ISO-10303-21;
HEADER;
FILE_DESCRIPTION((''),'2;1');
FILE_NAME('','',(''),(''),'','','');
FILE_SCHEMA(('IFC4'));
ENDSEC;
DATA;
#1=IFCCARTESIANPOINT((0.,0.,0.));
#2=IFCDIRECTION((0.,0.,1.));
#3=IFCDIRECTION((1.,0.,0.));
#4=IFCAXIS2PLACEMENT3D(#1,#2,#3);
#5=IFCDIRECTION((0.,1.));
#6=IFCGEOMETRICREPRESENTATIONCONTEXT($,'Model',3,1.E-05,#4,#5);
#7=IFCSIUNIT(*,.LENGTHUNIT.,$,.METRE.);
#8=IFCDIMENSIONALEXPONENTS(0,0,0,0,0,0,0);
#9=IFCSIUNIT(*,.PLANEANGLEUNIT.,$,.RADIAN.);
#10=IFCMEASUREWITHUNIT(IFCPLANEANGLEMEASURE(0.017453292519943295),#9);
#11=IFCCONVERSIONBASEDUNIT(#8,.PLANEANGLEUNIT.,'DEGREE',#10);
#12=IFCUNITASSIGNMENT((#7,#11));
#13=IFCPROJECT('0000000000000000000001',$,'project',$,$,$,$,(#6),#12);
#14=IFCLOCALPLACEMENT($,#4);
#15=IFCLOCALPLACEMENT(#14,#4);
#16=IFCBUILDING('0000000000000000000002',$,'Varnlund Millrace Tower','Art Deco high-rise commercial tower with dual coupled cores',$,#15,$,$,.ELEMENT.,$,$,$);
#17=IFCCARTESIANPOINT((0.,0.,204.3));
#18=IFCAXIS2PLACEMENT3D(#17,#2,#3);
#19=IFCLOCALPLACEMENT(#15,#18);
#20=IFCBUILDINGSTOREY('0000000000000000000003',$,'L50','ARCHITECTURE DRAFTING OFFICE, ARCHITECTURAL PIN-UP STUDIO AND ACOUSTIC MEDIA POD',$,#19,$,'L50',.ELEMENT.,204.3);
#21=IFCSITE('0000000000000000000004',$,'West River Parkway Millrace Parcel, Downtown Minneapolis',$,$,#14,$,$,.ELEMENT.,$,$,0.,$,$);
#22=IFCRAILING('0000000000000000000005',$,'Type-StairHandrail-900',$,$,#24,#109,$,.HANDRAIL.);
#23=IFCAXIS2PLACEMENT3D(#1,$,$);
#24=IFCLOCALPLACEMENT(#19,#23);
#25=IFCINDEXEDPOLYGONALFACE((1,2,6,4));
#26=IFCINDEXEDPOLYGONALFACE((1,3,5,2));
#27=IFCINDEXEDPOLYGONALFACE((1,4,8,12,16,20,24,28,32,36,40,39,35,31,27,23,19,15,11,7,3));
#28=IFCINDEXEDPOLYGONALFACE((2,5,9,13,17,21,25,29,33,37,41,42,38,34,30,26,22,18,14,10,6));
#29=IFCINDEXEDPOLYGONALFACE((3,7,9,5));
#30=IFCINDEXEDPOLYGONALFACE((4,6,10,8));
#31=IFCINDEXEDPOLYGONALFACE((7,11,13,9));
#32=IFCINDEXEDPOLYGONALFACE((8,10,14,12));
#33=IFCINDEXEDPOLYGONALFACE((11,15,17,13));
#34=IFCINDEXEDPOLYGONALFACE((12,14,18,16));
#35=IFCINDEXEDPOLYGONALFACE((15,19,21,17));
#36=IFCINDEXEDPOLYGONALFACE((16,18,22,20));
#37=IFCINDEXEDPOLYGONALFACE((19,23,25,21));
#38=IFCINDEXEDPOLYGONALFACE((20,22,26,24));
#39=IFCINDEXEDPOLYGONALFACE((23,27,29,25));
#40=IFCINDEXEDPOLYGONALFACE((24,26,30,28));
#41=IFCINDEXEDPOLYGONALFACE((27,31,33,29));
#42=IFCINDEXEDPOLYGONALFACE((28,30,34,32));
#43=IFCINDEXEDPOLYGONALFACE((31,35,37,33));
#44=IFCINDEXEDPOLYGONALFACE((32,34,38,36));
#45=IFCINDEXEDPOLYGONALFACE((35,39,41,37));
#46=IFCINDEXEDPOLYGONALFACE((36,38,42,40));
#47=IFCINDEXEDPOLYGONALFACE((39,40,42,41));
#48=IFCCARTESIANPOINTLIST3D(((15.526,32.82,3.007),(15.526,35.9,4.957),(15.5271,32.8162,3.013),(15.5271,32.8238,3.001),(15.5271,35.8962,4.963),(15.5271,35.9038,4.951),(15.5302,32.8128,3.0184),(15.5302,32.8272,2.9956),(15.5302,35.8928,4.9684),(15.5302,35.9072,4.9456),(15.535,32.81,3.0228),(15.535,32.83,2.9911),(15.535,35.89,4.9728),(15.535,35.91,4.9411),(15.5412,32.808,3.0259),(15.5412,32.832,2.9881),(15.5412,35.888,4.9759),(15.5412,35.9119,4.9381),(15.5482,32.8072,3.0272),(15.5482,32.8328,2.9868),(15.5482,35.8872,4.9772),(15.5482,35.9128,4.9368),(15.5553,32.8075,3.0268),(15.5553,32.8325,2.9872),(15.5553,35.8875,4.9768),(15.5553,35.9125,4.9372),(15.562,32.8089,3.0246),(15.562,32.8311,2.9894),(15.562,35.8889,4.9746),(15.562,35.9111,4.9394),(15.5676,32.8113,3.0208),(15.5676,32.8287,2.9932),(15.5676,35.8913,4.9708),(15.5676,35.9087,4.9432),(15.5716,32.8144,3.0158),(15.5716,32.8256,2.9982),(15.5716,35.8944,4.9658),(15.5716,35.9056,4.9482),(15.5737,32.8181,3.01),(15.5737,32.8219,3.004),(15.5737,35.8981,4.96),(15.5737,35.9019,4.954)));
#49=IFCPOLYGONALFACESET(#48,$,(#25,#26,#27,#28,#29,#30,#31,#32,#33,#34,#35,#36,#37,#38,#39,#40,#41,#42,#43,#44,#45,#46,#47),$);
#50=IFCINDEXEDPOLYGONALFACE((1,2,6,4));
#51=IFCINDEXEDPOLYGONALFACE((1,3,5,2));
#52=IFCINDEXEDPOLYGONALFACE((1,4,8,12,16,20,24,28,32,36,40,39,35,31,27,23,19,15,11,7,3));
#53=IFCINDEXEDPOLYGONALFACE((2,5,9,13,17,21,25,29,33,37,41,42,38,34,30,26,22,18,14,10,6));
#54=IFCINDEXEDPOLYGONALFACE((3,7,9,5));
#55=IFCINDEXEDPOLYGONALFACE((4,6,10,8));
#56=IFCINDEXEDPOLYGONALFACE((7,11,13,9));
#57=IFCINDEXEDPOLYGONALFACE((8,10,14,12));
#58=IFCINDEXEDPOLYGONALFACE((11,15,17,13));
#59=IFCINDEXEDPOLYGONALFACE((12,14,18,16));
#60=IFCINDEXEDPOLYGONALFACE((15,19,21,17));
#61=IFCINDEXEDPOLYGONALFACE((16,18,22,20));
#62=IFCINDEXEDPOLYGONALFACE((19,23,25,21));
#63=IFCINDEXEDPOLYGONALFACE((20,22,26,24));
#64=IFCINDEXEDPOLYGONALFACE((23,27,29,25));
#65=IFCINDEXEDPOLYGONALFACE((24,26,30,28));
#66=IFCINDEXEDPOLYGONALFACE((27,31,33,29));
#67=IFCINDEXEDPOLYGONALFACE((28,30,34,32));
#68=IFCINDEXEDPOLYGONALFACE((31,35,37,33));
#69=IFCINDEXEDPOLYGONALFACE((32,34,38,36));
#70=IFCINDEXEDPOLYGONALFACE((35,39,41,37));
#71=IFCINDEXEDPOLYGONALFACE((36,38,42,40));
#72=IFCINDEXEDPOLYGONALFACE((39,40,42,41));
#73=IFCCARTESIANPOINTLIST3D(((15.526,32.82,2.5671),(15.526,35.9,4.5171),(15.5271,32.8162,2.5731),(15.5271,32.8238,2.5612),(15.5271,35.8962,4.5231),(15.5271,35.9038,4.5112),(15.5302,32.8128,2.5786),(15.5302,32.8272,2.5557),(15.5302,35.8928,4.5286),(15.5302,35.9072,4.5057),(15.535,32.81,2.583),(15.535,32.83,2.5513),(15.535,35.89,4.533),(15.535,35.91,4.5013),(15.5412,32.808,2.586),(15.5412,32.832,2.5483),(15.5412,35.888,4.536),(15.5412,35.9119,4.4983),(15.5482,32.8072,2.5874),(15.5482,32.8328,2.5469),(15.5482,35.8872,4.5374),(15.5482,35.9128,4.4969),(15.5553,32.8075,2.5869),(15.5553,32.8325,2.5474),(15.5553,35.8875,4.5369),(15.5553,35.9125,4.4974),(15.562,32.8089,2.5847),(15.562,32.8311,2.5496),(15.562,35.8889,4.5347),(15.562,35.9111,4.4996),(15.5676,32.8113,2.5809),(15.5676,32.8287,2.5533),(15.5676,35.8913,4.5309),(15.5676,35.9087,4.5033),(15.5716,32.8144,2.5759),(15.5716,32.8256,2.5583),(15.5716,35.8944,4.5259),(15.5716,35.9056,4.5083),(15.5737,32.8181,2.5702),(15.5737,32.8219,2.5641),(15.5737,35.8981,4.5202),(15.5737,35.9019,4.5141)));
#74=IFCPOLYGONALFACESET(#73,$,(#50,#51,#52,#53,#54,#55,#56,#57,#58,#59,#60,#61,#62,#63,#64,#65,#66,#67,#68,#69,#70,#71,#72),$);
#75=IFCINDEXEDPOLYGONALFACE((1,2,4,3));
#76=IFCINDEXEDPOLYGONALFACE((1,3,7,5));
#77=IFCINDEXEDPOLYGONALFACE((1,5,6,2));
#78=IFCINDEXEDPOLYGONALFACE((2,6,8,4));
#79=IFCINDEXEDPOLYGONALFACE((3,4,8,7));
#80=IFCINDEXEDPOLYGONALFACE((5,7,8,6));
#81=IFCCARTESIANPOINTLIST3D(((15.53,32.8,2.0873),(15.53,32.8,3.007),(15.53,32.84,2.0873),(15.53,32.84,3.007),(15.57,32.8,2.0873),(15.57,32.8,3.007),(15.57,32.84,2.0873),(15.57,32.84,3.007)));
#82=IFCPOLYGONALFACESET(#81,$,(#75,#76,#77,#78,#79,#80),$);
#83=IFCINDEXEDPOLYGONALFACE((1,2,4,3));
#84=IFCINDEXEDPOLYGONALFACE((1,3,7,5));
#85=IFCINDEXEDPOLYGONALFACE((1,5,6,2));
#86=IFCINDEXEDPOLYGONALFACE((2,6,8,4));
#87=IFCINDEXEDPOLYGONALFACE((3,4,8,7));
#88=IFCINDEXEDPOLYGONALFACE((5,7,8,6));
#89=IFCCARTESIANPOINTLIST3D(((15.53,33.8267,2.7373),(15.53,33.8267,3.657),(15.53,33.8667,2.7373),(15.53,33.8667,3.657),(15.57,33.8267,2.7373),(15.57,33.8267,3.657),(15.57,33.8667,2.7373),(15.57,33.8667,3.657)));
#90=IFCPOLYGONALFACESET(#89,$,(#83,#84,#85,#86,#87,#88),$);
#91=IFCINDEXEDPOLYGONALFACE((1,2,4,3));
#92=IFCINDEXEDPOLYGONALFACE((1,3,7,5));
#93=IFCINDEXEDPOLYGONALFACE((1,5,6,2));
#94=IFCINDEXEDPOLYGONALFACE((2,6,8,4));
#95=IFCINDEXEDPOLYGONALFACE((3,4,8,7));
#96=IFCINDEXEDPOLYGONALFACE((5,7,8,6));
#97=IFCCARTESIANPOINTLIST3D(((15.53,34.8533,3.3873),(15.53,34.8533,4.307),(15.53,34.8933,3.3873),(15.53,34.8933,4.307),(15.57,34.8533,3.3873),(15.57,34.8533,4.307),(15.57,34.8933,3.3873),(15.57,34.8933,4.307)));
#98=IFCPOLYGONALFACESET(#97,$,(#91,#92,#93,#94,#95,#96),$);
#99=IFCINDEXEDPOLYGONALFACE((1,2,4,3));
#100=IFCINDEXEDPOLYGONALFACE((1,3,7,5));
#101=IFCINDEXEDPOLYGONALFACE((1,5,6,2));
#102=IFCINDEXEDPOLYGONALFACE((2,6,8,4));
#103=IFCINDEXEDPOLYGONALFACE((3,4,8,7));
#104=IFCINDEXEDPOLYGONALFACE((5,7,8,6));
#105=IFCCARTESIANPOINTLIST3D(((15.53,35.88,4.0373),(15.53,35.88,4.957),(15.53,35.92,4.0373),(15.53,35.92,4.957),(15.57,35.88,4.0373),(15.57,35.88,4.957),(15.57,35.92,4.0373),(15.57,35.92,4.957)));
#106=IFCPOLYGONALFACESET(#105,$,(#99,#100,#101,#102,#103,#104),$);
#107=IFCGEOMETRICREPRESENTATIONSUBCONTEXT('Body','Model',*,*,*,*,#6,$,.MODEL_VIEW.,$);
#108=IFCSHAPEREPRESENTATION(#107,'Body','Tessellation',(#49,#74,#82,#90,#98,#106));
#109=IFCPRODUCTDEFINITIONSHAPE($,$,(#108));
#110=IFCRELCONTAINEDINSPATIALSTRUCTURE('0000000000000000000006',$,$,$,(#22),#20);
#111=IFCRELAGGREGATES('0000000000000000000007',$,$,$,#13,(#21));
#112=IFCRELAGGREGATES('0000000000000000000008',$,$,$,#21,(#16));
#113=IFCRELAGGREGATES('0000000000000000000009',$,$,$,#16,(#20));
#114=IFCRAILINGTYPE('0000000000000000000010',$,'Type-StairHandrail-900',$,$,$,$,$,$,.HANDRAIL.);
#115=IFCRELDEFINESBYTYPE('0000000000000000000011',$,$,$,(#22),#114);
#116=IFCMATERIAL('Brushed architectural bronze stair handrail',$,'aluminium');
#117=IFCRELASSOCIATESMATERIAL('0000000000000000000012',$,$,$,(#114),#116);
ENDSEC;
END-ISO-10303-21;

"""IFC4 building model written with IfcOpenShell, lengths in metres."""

from ifc_helpers import new_model, entity, si_unit, converted_unit, direction, frame, origin_with_axes, origin_2d_with_axis, place, context, subcontext, project, spatial, rectangle, circle, extrude, material, type_object, element, save


model = new_model("IFC4")

# Units and contexts
model_context = context("Model", 3, precision=1e-05, world=origin_with_axes(), true_north=direction((0.0, 1.0)))
body_context = subcontext(model_context, "Body", "Model", "MODEL_VIEW")
ifc_project = project(units=[si_unit("LENGTHUNIT", "METRE"), converted_unit("PLANEANGLEUNIT", "DEGREE", entity("IfcPlaneAngleMeasure", 0.017453292519943295), si_unit("PLANEANGLEUNIT", "RADIAN"), dimensions=[0, 0, 0, 0, 0, 0, 0])], contexts=[model_context])

# Site, building, storey
site_placement = place(None, origin_with_axes())
site = spatial("IfcSite", under=ifc_project, at=site_placement, Name="West River Parkway Millrace Parcel, Downtown Minneapolis", CompositionType="ELEMENT", RefElevation=0.0)
building_placement = place(site_placement, origin_with_axes())
building = spatial("IfcBuilding", under=site, at=building_placement, Name="Varnlund Millrace Tower", Description="Art Deco high-rise commercial tower with dual coupled cores", CompositionType="ELEMENT")
storey_placement = place(building_placement, frame((0.0, 0.0, 204.3), z_axis=(0.0, 0.0, 1.0), x_axis=(1.0, 0.0, 0.0)))
storey = spatial("IfcBuildingStorey", under=building, at=storey_placement, Name="L50", Description="ARCHITECTURE DRAFTING OFFICE, ARCHITECTURAL PIN-UP STUDIO AND ACOUSTIC MEDIA POD", LongName="L50", CompositionType="ELEMENT", Elevation=204.3)

# Railing
ifc_material_1 = material(Name="Brushed architectural bronze stair handrail", Category="aluminium")
railing_type_1 = type_object("IfcRailingType", Name="Type-StairHandrail-900", PredefinedType="HANDRAIL", material=ifc_material_1)
railing_1_placement = place(storey_placement, frame((0.0, 0.0, -204.3), z_axis=(0.0, 0.0, 1.0), x_axis=(1.0, 0.0, 0.0)))
element("IfcRailing", 1, at=railing_1_placement, inside=storey, type_object=railing_type_1, Name="Type-StairHandrail-900", PredefinedType="HANDRAIL", context=body_context, shape_type="SweptSolid", body=[
    extrude(circle(Radius=0.024, at=origin_2d_with_axis()), frame((15.55, 32.82, 207.307), z_axis=(0.0, 0.844902, 0.534922), x_axis=(-1.0, 0.0, 0.0)), (0.0, 0.0, 1.0), 3.6454),
    extrude(circle(Radius=0.024, at=origin_2d_with_axis()), frame((15.55, 32.82, 206.8671), z_axis=(0.0, 0.844902, 0.534922), x_axis=(-1.0, 0.0, 0.0)), (0.0, 0.0, 1.0), 3.6454),
    extrude(rectangle(XDim=0.04, YDim=0.04, at=origin_2d_with_axis()), frame((15.55, 32.82, 206.3873), z_axis=(0.0, 0.0, 1.0), x_axis=(1.0, 0.0, 0.0)), (0.0, 0.0, 1.0), 0.9197),
    extrude(rectangle(XDim=0.04, YDim=0.04, at=origin_2d_with_axis()), frame((15.55, 33.8467, 207.0373), z_axis=(0.0, 0.0, 1.0), x_axis=(1.0, 0.0, 0.0)), (0.0, 0.0, 1.0), 0.9197),
    extrude(rectangle(XDim=0.04, YDim=0.04, at=origin_2d_with_axis()), frame((15.55, 34.8733, 207.6873), z_axis=(0.0, 0.0, 1.0), x_axis=(1.0, 0.0, 0.0)), (0.0, 0.0, 1.0), 0.9197),
    extrude(rectangle(XDim=0.04, YDim=0.04, at=origin_2d_with_axis()), frame((15.55, 35.9, 208.3373), z_axis=(0.0, 0.0, 1.0), x_axis=(1.0, 0.0, 0.0)), (0.0, 0.0, 1.0), 0.9197),
])

save(model, "model.ifc")
